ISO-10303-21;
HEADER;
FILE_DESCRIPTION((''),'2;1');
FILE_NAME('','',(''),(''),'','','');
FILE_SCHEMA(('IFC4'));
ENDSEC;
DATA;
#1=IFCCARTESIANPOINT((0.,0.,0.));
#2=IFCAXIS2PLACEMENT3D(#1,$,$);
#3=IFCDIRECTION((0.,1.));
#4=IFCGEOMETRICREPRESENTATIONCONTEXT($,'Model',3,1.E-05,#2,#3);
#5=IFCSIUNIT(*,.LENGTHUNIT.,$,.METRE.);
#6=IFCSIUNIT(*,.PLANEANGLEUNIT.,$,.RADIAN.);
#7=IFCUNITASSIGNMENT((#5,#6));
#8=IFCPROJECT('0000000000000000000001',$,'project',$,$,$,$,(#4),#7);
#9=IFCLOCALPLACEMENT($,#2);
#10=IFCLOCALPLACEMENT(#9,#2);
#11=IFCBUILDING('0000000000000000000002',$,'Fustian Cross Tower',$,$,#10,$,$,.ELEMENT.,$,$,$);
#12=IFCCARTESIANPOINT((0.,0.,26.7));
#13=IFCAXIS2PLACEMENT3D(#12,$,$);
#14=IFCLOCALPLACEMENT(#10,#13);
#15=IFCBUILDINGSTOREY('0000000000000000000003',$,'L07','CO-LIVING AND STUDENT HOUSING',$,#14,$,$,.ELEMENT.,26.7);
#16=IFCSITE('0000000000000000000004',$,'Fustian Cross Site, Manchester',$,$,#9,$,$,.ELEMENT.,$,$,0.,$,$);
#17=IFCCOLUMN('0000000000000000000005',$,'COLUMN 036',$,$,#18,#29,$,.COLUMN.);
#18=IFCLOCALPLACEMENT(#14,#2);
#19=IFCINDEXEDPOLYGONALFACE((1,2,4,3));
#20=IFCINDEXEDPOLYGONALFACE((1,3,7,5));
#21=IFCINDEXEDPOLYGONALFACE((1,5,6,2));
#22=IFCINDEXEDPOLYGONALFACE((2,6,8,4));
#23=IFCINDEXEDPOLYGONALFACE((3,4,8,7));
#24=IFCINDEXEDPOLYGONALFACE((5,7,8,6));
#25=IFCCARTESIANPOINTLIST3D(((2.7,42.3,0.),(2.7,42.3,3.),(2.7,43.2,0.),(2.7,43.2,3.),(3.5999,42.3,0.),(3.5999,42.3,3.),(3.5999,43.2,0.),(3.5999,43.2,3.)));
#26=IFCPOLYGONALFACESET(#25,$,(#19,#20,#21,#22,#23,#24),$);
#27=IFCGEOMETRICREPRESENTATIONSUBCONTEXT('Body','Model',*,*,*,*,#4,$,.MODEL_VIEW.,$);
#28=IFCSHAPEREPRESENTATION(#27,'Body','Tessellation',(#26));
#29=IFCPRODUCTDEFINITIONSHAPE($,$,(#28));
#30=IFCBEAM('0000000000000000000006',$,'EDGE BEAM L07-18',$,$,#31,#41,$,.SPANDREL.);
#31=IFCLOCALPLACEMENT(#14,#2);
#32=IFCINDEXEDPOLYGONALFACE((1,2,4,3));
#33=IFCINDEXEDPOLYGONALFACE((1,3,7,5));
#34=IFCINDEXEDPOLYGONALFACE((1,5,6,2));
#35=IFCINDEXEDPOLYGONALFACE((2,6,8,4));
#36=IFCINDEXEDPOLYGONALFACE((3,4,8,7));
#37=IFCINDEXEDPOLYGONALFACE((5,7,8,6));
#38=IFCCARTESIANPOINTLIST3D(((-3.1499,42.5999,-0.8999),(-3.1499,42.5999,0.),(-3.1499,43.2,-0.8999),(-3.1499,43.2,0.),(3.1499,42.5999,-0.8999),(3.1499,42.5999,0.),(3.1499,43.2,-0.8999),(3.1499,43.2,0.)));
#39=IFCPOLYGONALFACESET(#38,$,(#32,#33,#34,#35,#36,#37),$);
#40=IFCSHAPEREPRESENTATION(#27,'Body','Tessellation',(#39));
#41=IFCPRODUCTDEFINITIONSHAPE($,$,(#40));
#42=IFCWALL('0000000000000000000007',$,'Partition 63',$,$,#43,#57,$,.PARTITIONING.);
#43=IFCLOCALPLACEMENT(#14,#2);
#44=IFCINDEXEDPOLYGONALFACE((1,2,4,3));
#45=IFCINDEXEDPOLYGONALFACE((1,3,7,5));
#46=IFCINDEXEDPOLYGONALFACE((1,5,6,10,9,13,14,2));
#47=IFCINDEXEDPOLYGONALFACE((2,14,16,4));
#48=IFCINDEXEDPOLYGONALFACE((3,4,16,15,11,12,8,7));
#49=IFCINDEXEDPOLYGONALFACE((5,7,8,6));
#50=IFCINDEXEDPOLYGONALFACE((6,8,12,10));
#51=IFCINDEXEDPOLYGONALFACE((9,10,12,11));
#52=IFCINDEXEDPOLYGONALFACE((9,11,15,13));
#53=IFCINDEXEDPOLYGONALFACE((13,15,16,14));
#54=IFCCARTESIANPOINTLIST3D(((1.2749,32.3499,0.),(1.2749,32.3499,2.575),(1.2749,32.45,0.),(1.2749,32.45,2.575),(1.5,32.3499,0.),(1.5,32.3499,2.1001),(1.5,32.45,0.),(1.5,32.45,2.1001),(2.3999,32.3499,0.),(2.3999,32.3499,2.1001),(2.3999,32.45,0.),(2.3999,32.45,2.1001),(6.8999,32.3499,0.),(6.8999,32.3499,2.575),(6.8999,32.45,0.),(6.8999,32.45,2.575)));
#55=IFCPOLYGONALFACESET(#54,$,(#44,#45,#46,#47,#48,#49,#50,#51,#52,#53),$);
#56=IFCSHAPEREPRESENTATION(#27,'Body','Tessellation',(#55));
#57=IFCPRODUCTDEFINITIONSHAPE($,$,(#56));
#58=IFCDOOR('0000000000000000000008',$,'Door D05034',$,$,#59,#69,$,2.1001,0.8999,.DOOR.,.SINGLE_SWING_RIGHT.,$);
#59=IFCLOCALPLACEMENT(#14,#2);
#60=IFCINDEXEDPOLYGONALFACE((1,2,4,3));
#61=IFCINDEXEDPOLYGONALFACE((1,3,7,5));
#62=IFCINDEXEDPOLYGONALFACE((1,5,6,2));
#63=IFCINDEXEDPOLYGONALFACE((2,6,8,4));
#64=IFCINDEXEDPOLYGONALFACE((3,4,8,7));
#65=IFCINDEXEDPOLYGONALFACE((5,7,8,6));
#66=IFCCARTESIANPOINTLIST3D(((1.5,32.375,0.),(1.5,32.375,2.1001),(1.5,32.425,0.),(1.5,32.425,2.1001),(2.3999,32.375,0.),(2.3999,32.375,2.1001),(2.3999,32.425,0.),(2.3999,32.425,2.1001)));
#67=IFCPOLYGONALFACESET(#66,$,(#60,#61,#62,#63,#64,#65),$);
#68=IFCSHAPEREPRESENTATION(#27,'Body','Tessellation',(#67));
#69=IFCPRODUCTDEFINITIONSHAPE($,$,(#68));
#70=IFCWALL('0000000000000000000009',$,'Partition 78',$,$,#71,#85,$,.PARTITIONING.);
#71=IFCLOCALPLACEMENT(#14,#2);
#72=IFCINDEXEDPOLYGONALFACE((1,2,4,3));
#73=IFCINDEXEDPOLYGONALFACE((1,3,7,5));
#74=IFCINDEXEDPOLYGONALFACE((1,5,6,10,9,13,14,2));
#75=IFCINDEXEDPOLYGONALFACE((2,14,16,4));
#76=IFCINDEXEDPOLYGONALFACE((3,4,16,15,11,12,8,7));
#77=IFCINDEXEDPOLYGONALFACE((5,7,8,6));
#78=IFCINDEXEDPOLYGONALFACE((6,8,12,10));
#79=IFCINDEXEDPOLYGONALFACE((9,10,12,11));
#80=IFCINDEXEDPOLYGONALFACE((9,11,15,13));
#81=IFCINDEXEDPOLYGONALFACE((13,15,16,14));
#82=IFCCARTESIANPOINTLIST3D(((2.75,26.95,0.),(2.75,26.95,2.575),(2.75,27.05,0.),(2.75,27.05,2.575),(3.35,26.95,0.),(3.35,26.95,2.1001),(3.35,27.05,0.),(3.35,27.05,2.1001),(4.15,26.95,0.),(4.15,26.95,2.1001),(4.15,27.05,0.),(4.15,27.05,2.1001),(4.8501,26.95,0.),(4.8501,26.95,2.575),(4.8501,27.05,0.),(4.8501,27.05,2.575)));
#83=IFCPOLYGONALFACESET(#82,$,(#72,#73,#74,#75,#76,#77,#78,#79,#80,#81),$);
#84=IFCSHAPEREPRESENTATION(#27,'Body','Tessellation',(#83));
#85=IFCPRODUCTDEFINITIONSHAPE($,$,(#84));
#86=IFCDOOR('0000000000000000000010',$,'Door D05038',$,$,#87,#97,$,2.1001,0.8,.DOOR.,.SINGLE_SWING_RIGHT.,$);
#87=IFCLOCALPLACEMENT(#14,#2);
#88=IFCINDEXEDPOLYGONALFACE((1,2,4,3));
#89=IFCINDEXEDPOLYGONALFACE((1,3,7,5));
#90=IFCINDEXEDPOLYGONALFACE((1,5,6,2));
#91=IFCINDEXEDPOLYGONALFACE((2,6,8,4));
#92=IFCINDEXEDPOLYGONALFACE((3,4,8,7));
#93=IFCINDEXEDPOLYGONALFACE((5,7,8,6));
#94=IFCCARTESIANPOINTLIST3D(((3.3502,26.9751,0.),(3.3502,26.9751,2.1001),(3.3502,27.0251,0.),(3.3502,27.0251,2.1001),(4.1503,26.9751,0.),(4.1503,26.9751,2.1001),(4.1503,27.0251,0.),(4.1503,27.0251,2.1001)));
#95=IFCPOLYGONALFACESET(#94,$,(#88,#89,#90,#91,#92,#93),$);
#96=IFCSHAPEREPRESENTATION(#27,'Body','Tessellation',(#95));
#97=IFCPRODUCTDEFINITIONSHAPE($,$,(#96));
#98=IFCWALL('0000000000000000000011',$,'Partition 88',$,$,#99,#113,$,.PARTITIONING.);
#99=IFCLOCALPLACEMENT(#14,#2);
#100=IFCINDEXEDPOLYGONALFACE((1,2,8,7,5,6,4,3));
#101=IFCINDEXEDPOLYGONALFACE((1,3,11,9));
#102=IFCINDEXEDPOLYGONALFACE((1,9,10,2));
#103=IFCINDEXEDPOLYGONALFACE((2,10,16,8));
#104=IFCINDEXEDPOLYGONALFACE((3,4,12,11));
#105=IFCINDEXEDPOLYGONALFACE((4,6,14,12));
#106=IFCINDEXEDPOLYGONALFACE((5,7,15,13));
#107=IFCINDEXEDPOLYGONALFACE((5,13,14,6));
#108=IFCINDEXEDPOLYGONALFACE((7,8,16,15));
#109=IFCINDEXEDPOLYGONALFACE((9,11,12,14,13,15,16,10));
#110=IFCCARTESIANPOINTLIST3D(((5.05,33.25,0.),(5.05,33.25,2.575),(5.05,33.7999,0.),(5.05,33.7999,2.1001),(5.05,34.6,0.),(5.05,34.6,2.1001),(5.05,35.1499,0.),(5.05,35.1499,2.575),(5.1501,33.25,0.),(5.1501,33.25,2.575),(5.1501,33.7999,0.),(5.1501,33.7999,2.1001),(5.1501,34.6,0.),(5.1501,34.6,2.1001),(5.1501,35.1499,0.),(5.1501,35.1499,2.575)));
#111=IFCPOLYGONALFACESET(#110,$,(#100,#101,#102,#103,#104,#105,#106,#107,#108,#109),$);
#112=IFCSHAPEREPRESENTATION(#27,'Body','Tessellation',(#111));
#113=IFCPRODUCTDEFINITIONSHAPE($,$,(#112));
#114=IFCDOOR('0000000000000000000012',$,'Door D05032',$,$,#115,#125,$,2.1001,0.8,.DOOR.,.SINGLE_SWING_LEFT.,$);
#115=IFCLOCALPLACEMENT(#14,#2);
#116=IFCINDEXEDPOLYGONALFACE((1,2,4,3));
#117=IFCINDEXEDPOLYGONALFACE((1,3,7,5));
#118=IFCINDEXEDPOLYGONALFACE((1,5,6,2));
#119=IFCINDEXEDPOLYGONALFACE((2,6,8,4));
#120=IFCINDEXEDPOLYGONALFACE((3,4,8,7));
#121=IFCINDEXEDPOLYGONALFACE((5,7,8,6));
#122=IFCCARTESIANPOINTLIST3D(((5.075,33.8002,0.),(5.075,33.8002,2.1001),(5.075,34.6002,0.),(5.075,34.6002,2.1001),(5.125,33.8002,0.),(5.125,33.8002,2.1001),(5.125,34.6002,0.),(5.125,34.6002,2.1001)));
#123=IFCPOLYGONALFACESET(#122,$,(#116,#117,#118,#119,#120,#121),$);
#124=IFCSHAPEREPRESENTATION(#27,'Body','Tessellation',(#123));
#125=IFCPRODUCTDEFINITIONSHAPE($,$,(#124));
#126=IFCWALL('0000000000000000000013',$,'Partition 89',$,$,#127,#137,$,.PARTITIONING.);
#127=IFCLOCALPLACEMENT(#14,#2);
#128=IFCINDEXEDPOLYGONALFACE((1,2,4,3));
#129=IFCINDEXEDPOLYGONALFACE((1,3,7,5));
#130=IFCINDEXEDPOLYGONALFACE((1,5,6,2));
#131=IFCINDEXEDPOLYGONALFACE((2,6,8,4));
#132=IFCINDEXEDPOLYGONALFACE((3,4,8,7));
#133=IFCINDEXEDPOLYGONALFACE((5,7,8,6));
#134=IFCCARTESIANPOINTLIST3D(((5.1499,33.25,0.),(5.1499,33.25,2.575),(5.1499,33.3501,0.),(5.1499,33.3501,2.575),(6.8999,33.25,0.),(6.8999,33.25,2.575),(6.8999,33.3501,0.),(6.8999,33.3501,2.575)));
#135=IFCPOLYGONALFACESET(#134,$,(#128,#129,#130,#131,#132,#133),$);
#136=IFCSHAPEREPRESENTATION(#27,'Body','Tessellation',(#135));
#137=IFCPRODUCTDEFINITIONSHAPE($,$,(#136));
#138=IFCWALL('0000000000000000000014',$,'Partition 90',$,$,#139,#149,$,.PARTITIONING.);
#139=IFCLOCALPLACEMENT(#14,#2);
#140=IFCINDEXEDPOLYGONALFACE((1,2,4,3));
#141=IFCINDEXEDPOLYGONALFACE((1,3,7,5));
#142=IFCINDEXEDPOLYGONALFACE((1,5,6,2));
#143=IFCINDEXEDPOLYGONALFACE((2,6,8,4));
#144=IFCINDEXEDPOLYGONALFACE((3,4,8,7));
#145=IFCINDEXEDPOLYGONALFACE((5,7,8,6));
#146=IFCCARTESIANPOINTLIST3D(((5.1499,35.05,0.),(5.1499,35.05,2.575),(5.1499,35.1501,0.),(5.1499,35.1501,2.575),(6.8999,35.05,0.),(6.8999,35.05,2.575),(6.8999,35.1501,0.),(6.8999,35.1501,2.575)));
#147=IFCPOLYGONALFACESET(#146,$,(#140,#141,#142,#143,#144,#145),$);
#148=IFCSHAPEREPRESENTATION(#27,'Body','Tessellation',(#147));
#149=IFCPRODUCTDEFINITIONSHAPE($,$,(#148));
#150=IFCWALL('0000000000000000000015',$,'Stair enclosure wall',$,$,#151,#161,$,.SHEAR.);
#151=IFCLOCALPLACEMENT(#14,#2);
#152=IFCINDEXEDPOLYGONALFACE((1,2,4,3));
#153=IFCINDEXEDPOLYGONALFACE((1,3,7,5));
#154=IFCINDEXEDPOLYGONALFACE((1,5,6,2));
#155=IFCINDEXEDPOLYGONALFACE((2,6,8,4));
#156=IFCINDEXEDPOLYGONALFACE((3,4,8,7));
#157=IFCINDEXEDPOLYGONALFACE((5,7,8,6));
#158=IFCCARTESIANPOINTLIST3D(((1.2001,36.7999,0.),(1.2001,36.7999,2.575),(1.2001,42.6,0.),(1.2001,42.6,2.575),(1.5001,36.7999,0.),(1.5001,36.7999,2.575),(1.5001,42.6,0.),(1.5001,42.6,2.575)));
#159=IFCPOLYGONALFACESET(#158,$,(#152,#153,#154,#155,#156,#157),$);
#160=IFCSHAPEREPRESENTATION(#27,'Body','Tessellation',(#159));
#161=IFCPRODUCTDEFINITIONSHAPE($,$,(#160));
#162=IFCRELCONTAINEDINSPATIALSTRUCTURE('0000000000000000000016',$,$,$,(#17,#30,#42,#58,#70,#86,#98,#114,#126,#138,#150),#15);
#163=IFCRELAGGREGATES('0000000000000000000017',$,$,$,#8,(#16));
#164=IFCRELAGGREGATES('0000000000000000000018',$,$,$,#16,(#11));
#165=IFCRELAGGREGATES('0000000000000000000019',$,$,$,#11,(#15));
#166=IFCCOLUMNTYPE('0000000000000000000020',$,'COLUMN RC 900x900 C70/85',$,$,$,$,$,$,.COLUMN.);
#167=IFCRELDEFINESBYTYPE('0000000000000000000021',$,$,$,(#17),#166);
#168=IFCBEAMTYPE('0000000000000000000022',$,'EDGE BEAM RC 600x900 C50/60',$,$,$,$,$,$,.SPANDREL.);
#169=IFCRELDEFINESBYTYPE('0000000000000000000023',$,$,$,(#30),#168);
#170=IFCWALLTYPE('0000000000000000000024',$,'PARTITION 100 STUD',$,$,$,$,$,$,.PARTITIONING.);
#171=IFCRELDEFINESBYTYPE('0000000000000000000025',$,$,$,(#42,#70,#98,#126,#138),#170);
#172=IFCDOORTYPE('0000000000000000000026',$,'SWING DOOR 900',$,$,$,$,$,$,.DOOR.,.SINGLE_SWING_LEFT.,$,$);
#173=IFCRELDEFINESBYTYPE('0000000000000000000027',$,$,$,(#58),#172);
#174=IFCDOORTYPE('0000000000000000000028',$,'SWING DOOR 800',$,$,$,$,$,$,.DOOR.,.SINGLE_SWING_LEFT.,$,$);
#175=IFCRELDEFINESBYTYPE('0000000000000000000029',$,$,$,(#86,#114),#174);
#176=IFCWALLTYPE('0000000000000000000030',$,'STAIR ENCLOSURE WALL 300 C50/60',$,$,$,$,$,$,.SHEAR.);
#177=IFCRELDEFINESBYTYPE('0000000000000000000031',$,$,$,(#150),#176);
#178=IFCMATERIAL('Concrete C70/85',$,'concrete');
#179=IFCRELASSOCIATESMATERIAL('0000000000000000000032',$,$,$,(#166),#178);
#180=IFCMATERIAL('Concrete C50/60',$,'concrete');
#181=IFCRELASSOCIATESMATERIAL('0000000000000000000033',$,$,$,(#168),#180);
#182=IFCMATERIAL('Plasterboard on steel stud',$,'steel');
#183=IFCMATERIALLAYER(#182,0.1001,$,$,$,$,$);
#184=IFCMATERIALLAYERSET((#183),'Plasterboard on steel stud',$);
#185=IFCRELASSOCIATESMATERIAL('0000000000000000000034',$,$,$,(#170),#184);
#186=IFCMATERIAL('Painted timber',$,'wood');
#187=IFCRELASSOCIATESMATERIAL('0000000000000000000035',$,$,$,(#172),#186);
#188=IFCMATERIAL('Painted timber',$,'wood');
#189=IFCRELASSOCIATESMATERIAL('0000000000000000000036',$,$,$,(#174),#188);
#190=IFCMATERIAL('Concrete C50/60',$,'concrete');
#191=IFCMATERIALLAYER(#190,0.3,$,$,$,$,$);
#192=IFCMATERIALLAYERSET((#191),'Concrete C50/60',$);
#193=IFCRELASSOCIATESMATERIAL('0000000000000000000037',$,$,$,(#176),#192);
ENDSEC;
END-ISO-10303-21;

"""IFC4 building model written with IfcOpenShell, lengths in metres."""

from ifc_helpers import new_model, si_unit, direction, frame, frame_2d, origin, origin_2d, place, context, subcontext, project, spatial, rectangle, extrude, material, layer, layer_set, material_profile, profile_set, type_object, element, fill, save


model = new_model("IFC4")

# Units and contexts
model_context = context("Model", 3, precision=1e-05, world=origin(), true_north=direction((0.0, 1.0)))
body_context = subcontext(model_context, "Body", "Model", "MODEL_VIEW")
ifc_project = project(units=[si_unit("LENGTHUNIT", "METRE"), si_unit("PLANEANGLEUNIT", "RADIAN")], contexts=[model_context])

# Site, building, storey
site_placement = place(None, origin())
site = spatial("IfcSite", under=ifc_project, at=site_placement, Name="Fustian Cross Site, Manchester", CompositionType="ELEMENT", RefElevation=0.0)
building_placement = place(site_placement, origin())
building = spatial("IfcBuilding", under=site, at=building_placement, Name="Fustian Cross Tower", CompositionType="ELEMENT")
storey_placement = place(building_placement, frame((0.0, 0.0, 26.7)))
storey = spatial("IfcBuildingStorey", under=building, at=storey_placement, Name="L07", Description="CO-LIVING AND STUDENT HOUSING", CompositionType="ELEMENT", Elevation=26.7)

# Column
ifc_material_1 = material(Name="Concrete C70/85", Category="concrete")
ifc_material_profile_1 = material_profile(ifc_material_1, rectangle(XDim=0.8999, YDim=0.8999, at=origin_2d()), Name="RC 900x900")
ifc_profile_set_1 = profile_set([ifc_material_profile_1], Name="Concrete C70/85")
column_type = type_object("IfcColumnType", Name="COLUMN RC 900x900 C70/85", PredefinedType="COLUMN", material=ifc_profile_set_1)
column_placement = place(storey_placement, frame((3.1499, 42.75, 0.0), z_axis=(0.0, 0.0, 1.0), x_axis=(1.0, 0.0, 0.0)))
element("IfcColumn", 1, at=column_placement, inside=storey, type_object=column_type, Name="COLUMN 036", PredefinedType="COLUMN", context=body_context, shape_type="SweptSolid", body=[
    extrude(rectangle(XDim=0.8999, YDim=0.8999, at=origin_2d()), origin(), (0.0, 0.0, 1.0), 3.0),
])

# Beam
ifc_material_2 = material(Name="Concrete C50/60", Category="concrete")
ifc_material_profile_2 = material_profile(ifc_material_2, rectangle(XDim=0.6001, YDim=0.8999, at=origin_2d()), Name="RC 600x900")
ifc_profile_set_2 = profile_set([ifc_material_profile_2], Name="Concrete C50/60")
beam_type = type_object("IfcBeamType", Name="EDGE BEAM RC 600x900 C50/60", PredefinedType="SPANDREL", material=ifc_profile_set_2)
beam_placement = place(storey_placement, frame((3.1499, 42.8999, -0.45), z_axis=(-1.0, 0.0, 0.0), x_axis=(0.0, -1.0, 0.0)))
element("IfcBeam", 2, at=beam_placement, inside=storey, type_object=beam_type, Name="EDGE BEAM L07-18", PredefinedType="SPANDREL", context=body_context, shape_type="SweptSolid", body=[
    extrude(rectangle(XDim=0.6001, YDim=0.8999, at=origin_2d()), origin(), (0.0, 0.0, 1.0), 6.2998),
])

# Walls, openings, doors
ifc_material_3 = material(Name="Plasterboard on steel stud", Category="steel")
ifc_layer_1 = layer(ifc_material_3, 0.1001)
ifc_layer_set_1 = layer_set([ifc_layer_1], Name="Plasterboard on steel stud")
wall_type_1 = type_object("IfcWallType", Name="PARTITION 100 STUD", PredefinedType="PARTITIONING", material=ifc_layer_set_1)
wall_1_placement = place(storey_placement, frame((1.2749, 32.3999, 0.0), z_axis=(0.0, 0.0, 1.0), x_axis=(1.0, 0.0, 0.0)))
wall_1 = element("IfcWall", 3, at=wall_1_placement, inside=storey, type_object=wall_type_1, Name="Partition 63", PredefinedType="PARTITIONING", context=body_context, shape_type="SweptSolid", body=[
    extrude(rectangle(XDim=5.625, YDim=0.1001, at=frame_2d((2.8125, 0.0))), origin(), (0.0, 0.0, 1.0), 2.575),
])
opening_1_placement = place(wall_1_placement, frame((0.2251, 0.0, 0.0)))
opening_1 = element("IfcOpeningElement", 4, at=opening_1_placement, cuts=wall_1, PredefinedType="OPENING", context=body_context, shape_type="SweptSolid", body=[
    extrude(rectangle(XDim=0.8999, YDim=2.1001, at=frame_2d((0.45, 1.05))), frame((0.0, 0.0601, 0.0), z_axis=(0.0, -1.0, 0.0), x_axis=(1.0, 0.0, 0.0)), (0.0, 0.0, 1.0), 0.1201),
])
ifc_material_4 = material(Name="Painted timber", Category="wood")
door_type_1 = type_object("IfcDoorType", Name="SWING DOOR 900", OperationType="SINGLE_SWING_LEFT", PredefinedType="DOOR", material=ifc_material_4)
door_1_placement = place(opening_1_placement, frame((0.8999, 0.0, 0.0), z_axis=(0.0, 0.0, 1.0), x_axis=(-1.0, 0.0, 0.0)))
door_1 = element("IfcDoor", 5, at=door_1_placement, inside=storey, type_object=door_type_1, Name="Door D05034", OperationType="SINGLE_SWING_RIGHT", OverallHeight=2.1001, OverallWidth=0.8999, PredefinedType="DOOR", context=body_context, shape_type="SweptSolid", body=[
    extrude(rectangle(XDim=0.8999, YDim=2.1001, at=frame_2d((0.45, 1.05))), frame((0.0, 0.0249, 0.0), z_axis=(0.0, -1.0, 0.0), x_axis=(1.0, 0.0, 0.0)), (0.0, 0.0, 1.0), 0.05),
])
fill(opening_1, door_1)
wall_2_placement = place(storey_placement, frame((2.75, 27.0, 0.0), z_axis=(0.0, 0.0, 1.0), x_axis=(1.0, 0.0, 0.0)))
wall_2 = element("IfcWall", 6, at=wall_2_placement, inside=storey, type_object=wall_type_1, Name="Partition 78", PredefinedType="PARTITIONING", context=body_context, shape_type="SweptSolid", body=[
    extrude(rectangle(XDim=2.1001, YDim=0.1001, at=frame_2d((1.05, 0.0))), origin(), (0.0, 0.0, 1.0), 2.575),
])
opening_2_placement = place(wall_2_placement, frame((0.6001, 0.0, 0.0)))
opening_2 = element("IfcOpeningElement", 7, at=opening_2_placement, cuts=wall_2, PredefinedType="OPENING", context=body_context, shape_type="SweptSolid", body=[
    extrude(rectangle(XDim=0.8, YDim=2.1001, at=frame_2d((0.3999, 1.05))), frame((0.0, 0.0601, 0.0), z_axis=(0.0, -1.0, 0.0), x_axis=(1.0, 0.0, 0.0)), (0.0, 0.0, 1.0), 0.1201),
])
ifc_material_5 = material(Name="Painted timber", Category="wood")
door_type_2 = type_object("IfcDoorType", Name="SWING DOOR 800", OperationType="SINGLE_SWING_LEFT", PredefinedType="DOOR", material=ifc_material_5)
door_2_placement = place(opening_2_placement, frame((0.8, 0.0, 0.0), z_axis=(0.0, 0.0, 1.0), x_axis=(-1.0, 0.0, 0.0)))
door_2 = element("IfcDoor", 8, at=door_2_placement, inside=storey, type_object=door_type_2, Name="Door D05038", OperationType="SINGLE_SWING_RIGHT", OverallHeight=2.1001, OverallWidth=0.8, PredefinedType="DOOR", context=body_context, shape_type="SweptSolid", body=[
    extrude(rectangle(XDim=0.8, YDim=2.1001, at=frame_2d((0.3999, 1.05))), frame((0.0, 0.0249, 0.0), z_axis=(0.0, -1.0, 0.0), x_axis=(1.0, 0.0, 0.0)), (0.0, 0.0, 1.0), 0.05),
])
fill(opening_2, door_2)
wall_3_placement = place(storey_placement, frame((5.1001, 33.25, 0.0), z_axis=(0.0, 0.0, 1.0), x_axis=(0.0, 1.0, 0.0)))
wall_3 = element("IfcWall", 9, at=wall_3_placement, inside=storey, type_object=wall_type_1, Name="Partition 88", PredefinedType="PARTITIONING", context=body_context, shape_type="SweptSolid", body=[
    extrude(rectangle(XDim=1.8999, YDim=0.1001, at=frame_2d((0.95, 0.0))), origin(), (0.0, 0.0, 1.0), 2.575),
])
opening_3_placement = place(wall_3_placement, frame((0.55, 0.0, 0.0)))
opening_3 = element("IfcOpeningElement", 10, at=opening_3_placement, cuts=wall_3, PredefinedType="OPENING", context=body_context, shape_type="SweptSolid", body=[
    extrude(rectangle(XDim=0.8, YDim=2.1001, at=frame_2d((0.3999, 1.05))), frame((0.0, 0.0601, 0.0), z_axis=(0.0, -1.0, 0.0), x_axis=(1.0, 0.0, 0.0)), (0.0, 0.0, 1.0), 0.1201),
])
door_3_placement = place(opening_3_placement, frame((0.8, 0.0, 0.0), z_axis=(0.0, 0.0, 1.0), x_axis=(-1.0, 0.0, 0.0)))
door_3 = element("IfcDoor", 11, at=door_3_placement, inside=storey, type_object=door_type_2, Name="Door D05032", OperationType="SINGLE_SWING_LEFT", OverallHeight=2.1001, OverallWidth=0.8, PredefinedType="DOOR", context=body_context, shape_type="SweptSolid", body=[
    extrude(rectangle(XDim=0.8, YDim=2.1001, at=frame_2d((0.3999, 1.05))), frame((0.0, 0.0249, 0.0), z_axis=(0.0, -1.0, 0.0), x_axis=(1.0, 0.0, 0.0)), (0.0, 0.0, 1.0), 0.05),
])
fill(opening_3, door_3)

# Walls
for number, where, z_axis, x_axis, name in (
    (12, (5.1499, 33.3, 0.0), (0.0, 0.0, 1.0), (1.0, 0.0, 0.0), "Partition 89"),
    (13, (5.1499, 35.1001, 0.0), (0.0, 0.0, 1.0), (1.0, 0.0, 0.0), "Partition 90"),
):
    element("IfcWall", number, at=place(storey_placement, frame(where, z_axis=z_axis, x_axis=x_axis)), inside=storey, type_object=wall_type_1, Name=name, PredefinedType="PARTITIONING", context=body_context, shape_type="SweptSolid", body=[
        extrude(rectangle(XDim=1.75, YDim=0.1001, at=frame_2d((0.875, 0.0))), origin(), (0.0, 0.0, 1.0), 2.575),
    ])
ifc_material_6 = material(Name="Concrete C50/60", Category="concrete")
ifc_layer_2 = layer(ifc_material_6, 0.3)
ifc_layer_set_2 = layer_set([ifc_layer_2], Name="Concrete C50/60")
wall_type_2 = type_object("IfcWallType", Name="STAIR ENCLOSURE WALL 300 C50/60", PredefinedType="SHEAR", material=ifc_layer_set_2)
wall_4_placement = place(storey_placement, frame((1.3501, 36.8, 0.0), z_axis=(0.0, 0.0, 1.0), x_axis=(0.0, 1.0, 0.0)))
element("IfcWall", 14, at=wall_4_placement, inside=storey, type_object=wall_type_2, Name="Stair enclosure wall", PredefinedType="SHEAR", context=body_context, shape_type="SweptSolid", body=[
    extrude(rectangle(XDim=5.8, YDim=0.3, at=frame_2d((2.8999, 0.0))), origin(), (0.0, 0.0, 1.0), 2.575),
])

save(model, "model.ifc")
